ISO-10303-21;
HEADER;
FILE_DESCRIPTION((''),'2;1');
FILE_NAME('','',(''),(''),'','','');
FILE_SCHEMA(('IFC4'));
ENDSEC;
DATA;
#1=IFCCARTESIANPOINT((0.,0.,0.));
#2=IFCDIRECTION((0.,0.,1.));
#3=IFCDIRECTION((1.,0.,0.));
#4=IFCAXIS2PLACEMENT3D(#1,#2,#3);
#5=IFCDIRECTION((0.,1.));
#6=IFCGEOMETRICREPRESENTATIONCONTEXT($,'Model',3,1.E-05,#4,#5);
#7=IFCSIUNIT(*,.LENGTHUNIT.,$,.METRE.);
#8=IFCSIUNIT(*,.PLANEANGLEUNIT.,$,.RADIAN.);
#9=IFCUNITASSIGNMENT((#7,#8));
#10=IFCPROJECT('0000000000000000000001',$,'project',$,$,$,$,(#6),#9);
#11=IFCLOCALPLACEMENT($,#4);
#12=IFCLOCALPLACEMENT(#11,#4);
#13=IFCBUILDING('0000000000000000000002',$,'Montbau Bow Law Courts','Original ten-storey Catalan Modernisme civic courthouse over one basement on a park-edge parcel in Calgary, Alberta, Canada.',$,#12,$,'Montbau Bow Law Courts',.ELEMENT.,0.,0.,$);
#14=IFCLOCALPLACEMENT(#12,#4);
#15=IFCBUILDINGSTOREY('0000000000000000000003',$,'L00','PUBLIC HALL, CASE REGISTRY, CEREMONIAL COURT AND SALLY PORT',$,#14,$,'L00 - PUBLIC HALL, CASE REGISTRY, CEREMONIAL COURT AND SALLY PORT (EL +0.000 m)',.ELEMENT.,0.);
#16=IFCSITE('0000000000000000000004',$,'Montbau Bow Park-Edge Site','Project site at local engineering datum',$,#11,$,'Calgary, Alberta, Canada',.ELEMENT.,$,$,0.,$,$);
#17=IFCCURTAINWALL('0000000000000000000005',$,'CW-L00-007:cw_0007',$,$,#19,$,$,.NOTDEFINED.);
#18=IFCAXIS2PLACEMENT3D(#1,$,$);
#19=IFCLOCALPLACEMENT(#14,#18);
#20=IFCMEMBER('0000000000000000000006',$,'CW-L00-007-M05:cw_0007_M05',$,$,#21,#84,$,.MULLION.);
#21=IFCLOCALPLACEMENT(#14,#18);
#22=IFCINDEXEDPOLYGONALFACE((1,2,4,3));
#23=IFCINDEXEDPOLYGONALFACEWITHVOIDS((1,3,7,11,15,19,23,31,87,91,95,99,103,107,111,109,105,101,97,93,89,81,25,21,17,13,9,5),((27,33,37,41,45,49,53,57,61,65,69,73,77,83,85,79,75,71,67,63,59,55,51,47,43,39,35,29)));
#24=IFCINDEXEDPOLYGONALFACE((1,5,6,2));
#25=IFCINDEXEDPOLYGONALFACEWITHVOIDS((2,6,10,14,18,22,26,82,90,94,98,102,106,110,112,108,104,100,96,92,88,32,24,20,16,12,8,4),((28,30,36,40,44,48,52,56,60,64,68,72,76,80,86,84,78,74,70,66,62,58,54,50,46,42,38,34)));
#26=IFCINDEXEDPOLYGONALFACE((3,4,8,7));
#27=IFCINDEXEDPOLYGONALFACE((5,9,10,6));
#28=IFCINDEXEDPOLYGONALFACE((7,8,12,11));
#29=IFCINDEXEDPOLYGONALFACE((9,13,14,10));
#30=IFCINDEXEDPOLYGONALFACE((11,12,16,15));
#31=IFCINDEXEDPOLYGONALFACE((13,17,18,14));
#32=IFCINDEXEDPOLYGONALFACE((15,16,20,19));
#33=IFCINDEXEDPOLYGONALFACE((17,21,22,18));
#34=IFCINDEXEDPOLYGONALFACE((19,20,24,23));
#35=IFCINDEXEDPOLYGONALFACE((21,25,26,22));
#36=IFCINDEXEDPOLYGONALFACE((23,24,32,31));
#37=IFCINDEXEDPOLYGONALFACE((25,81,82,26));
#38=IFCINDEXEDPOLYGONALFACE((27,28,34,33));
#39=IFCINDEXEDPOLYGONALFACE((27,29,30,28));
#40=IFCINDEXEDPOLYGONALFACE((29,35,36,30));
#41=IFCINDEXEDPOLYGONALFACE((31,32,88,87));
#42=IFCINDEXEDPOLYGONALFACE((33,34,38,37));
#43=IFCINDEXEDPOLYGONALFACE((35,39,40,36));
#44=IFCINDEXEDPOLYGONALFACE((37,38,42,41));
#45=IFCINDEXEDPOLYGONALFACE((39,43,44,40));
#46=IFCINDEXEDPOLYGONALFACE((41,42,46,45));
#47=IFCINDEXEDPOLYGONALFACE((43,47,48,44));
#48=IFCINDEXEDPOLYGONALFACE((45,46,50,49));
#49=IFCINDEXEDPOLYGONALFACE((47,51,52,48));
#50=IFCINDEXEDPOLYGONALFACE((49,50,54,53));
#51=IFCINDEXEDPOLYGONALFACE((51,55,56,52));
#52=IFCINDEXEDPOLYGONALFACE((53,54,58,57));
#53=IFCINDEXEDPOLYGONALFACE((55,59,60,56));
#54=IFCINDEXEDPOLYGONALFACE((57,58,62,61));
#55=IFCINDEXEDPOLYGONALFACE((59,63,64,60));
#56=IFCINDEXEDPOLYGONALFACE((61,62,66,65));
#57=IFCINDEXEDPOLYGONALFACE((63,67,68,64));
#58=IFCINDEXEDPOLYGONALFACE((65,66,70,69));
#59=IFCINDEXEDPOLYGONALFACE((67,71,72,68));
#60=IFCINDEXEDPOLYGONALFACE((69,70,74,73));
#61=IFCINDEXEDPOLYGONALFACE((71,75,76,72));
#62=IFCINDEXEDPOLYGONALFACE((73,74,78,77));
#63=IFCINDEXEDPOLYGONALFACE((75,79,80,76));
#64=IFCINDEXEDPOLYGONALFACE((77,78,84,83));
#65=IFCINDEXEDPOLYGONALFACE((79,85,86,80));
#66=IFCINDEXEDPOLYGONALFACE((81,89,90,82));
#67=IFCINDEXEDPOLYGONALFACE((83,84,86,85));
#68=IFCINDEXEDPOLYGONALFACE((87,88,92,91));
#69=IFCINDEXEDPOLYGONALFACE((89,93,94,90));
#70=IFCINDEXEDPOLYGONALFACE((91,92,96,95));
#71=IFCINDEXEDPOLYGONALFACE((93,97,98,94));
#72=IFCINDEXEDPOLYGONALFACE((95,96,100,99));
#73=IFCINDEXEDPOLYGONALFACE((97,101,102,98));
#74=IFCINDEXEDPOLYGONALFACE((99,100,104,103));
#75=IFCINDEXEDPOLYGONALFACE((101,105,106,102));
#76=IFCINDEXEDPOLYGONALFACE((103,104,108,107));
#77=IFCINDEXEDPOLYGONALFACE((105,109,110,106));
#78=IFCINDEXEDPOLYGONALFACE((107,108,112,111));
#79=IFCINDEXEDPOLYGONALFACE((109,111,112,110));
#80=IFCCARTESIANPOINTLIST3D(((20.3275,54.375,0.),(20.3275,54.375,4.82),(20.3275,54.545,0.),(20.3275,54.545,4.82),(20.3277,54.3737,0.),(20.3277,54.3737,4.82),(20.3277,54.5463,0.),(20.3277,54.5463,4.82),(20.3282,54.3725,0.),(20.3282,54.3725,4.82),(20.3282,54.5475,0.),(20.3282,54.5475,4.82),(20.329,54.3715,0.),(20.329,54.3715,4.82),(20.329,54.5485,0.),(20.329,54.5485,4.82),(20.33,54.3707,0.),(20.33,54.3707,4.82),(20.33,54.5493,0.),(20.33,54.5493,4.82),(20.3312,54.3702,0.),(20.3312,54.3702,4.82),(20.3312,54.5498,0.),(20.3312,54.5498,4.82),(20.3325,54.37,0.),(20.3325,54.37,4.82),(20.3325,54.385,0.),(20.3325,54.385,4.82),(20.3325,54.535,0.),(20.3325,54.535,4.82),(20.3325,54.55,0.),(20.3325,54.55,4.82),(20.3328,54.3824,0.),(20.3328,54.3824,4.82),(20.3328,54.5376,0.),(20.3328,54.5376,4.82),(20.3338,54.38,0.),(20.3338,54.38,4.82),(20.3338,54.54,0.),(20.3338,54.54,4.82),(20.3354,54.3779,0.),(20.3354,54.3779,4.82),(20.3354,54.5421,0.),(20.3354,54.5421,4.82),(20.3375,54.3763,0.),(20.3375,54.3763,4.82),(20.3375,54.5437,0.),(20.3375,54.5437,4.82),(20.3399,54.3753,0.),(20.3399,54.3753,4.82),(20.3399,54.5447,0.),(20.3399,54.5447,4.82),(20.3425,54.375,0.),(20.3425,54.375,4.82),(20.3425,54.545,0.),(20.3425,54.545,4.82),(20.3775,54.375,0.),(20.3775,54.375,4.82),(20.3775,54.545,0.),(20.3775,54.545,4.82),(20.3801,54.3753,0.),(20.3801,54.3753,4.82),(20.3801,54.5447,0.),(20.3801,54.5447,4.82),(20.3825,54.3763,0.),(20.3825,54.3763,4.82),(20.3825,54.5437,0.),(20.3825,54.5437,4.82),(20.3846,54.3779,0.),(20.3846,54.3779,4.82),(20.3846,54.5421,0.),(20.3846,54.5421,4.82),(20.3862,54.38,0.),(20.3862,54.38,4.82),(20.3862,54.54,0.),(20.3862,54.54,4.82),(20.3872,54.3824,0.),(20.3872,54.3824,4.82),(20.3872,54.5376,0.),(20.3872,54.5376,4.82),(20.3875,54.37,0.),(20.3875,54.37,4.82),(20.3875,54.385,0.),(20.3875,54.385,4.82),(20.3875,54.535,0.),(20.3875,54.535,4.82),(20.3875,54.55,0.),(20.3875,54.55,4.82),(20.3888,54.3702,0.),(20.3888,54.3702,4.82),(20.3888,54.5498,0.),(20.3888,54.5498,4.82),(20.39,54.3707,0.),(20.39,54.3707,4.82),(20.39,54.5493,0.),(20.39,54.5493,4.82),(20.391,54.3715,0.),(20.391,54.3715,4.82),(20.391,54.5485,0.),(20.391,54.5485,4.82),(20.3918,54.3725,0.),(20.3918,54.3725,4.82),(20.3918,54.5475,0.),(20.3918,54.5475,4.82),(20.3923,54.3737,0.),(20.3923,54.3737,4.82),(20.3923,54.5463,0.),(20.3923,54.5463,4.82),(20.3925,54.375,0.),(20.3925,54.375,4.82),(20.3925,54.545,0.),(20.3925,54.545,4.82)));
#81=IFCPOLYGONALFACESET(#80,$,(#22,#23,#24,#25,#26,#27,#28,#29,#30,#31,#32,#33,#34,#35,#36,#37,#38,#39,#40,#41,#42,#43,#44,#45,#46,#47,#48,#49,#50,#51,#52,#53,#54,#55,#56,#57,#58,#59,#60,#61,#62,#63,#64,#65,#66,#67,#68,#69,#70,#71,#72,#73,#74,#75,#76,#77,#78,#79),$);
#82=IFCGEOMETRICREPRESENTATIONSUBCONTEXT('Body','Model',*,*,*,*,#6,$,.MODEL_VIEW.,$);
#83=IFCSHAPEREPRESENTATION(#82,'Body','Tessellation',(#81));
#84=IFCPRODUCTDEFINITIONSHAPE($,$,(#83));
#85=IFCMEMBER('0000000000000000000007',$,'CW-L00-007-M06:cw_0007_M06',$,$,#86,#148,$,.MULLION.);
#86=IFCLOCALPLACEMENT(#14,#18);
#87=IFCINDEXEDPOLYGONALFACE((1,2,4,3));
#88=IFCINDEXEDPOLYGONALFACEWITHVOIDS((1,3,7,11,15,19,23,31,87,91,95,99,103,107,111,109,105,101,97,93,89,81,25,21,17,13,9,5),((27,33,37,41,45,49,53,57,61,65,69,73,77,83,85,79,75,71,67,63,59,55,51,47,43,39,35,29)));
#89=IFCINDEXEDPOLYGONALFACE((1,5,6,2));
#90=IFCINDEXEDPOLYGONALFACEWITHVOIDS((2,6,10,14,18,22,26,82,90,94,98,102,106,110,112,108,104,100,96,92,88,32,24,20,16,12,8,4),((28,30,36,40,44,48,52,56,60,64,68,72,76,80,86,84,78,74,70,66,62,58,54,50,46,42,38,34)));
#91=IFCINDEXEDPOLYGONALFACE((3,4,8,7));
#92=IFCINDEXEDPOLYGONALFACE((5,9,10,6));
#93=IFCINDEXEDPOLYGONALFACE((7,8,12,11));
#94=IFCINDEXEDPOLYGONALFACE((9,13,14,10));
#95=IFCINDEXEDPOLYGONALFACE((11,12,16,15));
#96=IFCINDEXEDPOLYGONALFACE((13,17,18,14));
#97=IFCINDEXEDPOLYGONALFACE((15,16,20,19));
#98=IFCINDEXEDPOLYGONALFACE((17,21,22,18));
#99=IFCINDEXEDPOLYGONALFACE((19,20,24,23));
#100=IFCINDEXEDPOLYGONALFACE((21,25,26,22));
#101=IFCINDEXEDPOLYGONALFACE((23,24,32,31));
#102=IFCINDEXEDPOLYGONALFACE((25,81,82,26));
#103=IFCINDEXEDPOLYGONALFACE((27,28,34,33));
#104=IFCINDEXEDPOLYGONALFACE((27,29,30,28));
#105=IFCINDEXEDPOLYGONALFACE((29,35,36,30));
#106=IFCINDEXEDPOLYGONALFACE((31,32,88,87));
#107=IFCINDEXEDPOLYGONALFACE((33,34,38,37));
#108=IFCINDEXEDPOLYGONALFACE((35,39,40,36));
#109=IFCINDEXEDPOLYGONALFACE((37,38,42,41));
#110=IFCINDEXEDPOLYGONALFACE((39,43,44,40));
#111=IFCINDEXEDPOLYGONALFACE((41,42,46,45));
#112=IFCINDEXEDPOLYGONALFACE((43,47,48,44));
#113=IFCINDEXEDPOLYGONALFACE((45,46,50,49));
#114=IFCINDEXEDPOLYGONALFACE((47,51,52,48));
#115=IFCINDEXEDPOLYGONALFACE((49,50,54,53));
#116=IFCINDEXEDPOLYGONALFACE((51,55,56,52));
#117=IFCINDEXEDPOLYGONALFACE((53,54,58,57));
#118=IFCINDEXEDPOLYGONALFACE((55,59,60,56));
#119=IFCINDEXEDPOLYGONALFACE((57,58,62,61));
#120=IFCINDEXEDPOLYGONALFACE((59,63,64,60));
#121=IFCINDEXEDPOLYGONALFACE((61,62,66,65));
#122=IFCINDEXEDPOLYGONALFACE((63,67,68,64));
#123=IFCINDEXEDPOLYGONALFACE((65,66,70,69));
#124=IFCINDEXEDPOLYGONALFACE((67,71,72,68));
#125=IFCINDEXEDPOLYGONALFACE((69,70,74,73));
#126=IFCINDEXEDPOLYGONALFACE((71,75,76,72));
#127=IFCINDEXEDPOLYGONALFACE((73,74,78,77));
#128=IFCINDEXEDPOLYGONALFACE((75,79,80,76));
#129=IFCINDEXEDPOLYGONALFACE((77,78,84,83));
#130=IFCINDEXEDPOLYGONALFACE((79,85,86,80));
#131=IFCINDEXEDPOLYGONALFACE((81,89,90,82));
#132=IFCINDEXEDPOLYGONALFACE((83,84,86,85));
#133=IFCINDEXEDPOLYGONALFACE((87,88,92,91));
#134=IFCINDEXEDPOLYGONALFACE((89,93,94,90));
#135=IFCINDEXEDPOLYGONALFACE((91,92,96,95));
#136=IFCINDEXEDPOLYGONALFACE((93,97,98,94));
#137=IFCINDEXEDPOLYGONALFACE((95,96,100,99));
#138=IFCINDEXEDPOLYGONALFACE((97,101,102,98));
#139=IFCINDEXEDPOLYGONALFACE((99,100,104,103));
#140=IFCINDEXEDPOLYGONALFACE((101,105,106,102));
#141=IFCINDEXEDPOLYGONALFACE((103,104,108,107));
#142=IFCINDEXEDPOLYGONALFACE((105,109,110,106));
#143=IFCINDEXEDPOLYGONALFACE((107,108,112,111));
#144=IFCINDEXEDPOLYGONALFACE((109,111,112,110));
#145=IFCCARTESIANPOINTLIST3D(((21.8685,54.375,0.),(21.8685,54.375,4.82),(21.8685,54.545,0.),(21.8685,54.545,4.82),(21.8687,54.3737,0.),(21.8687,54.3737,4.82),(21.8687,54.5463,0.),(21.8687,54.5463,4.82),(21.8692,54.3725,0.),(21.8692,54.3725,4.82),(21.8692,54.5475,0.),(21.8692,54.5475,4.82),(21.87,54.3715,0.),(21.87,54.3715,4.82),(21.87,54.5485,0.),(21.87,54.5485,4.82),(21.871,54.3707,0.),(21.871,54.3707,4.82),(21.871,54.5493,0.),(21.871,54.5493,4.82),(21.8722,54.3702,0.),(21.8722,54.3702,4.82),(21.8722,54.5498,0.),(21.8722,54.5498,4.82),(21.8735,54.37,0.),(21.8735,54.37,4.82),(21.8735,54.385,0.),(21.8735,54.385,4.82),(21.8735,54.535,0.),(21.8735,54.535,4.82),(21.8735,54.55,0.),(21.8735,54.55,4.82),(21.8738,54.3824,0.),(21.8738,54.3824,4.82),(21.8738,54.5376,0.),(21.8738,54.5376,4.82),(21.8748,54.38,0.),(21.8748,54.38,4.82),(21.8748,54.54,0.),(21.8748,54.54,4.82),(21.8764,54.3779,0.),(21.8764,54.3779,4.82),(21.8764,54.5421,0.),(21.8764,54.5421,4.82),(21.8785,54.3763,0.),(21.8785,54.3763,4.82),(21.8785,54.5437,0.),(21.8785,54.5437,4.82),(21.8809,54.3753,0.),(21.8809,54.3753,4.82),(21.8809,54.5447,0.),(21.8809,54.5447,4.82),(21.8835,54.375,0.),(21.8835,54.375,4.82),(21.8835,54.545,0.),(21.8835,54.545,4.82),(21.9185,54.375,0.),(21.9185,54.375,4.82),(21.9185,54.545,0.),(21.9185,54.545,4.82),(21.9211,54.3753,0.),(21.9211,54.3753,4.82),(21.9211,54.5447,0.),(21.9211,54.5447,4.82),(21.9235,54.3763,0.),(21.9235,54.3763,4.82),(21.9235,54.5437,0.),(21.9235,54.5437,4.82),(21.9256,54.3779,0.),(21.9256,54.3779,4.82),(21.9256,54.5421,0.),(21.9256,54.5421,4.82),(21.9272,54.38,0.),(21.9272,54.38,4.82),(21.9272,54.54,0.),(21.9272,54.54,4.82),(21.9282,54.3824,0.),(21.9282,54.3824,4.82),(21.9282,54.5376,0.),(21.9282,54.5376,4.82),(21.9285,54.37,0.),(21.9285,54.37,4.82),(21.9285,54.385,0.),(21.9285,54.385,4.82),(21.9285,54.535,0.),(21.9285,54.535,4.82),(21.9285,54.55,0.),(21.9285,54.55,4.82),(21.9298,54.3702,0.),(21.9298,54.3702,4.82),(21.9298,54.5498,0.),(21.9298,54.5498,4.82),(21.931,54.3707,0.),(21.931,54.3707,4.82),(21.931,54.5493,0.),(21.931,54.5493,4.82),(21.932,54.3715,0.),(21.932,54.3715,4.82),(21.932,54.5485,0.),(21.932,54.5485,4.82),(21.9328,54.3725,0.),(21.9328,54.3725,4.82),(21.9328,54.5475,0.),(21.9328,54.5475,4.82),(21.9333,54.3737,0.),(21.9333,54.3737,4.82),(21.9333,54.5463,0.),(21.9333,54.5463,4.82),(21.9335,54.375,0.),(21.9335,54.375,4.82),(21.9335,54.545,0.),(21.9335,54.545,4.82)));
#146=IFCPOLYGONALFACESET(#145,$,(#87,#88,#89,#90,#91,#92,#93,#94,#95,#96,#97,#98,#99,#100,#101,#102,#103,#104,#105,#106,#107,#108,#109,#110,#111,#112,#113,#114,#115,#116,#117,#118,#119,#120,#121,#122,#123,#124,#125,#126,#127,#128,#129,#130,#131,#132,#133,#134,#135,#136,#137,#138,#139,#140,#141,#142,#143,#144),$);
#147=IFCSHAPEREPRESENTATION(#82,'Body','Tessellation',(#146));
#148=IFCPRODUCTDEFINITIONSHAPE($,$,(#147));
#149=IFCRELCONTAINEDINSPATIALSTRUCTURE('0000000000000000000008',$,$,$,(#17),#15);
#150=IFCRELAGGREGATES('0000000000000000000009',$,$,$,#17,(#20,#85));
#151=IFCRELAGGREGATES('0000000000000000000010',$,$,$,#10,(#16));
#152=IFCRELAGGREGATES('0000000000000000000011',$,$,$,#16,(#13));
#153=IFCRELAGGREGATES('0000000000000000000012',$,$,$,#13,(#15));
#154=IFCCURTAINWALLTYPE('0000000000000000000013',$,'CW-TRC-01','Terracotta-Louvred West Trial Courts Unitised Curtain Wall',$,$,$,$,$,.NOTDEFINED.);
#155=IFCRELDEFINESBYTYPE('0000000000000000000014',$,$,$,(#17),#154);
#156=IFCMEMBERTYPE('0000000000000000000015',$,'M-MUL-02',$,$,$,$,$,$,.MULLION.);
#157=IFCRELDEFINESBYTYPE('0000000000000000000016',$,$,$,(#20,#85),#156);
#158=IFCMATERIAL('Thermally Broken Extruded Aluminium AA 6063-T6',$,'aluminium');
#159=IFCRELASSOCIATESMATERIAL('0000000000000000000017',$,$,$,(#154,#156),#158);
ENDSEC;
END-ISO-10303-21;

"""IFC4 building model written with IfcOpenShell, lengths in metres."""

from ifc_helpers import new_model, si_unit, direction, frame, origin_with_axes, origin_2d_with_axis, place, context, subcontext, project, spatial, hollow_rectangle, extrude, material, material_profile, profile_set, type_object, element, aggregate, save


model = new_model("IFC4")

# Units and contexts
model_context = context("Model", 3, precision=1e-05, world=origin_with_axes(), true_north=direction((0.0, 1.0)))
body_context = subcontext(model_context, "Body", "Model", "MODEL_VIEW")
ifc_project = project(units=[si_unit("LENGTHUNIT", "METRE"), si_unit("PLANEANGLEUNIT", "RADIAN")], contexts=[model_context])

# Site, building, storey
site_placement = place(None, origin_with_axes())
site = spatial("IfcSite", under=ifc_project, at=site_placement, Name="Montbau Bow Park-Edge Site", Description="Project site at local engineering datum", LongName="Calgary, Alberta, Canada", CompositionType="ELEMENT", RefElevation=0.0)
building_placement = place(site_placement, origin_with_axes())
building = spatial("IfcBuilding", under=site, at=building_placement, Name="Montbau Bow Law Courts", Description="Original ten-storey Catalan Modernisme civic courthouse over one basement on a park-edge parcel in Calgary, Alberta, Canada.", LongName="Montbau Bow Law Courts", CompositionType="ELEMENT", ElevationOfRefHeight=0.0, ElevationOfTerrain=0.0)
storey_placement = place(building_placement, origin_with_axes())
storey = spatial("IfcBuildingStorey", under=building, at=storey_placement, Name="L00", Description="PUBLIC HALL, CASE REGISTRY, CEREMONIAL COURT AND SALLY PORT", LongName="L00 - PUBLIC HALL, CASE REGISTRY, CEREMONIAL COURT AND SALLY PORT (EL +0.000 m)", CompositionType="ELEMENT", Elevation=0.0)

# Curtain wall, members
ifc_material_1 = material(Name="Thermally Broken Extruded Aluminium AA 6063-T6", Category="aluminium")
curtain_wall_type = type_object("IfcCurtainWallType", Name="CW-TRC-01", Description="Terracotta-Louvred West Trial Courts Unitised Curtain Wall", PredefinedType="NOTDEFINED", material=ifc_material_1)
curtain_wall_1_placement = place(None, frame((14.068, 54.46, 0.0), z_axis=(0.0, 0.0, 1.0), x_axis=(1.0, 0.0, 0.0)))
curtain_wall_1 = element("IfcCurtainWall", 1, at=curtain_wall_1_placement, inside=storey, type_object=curtain_wall_type, Name="CW-L00-007:cw_0007", PredefinedType="NOTDEFINED")
ifc_material_profile_1 = material_profile(ifc_material_1, hollow_rectangle(XDim=0.065, YDim=0.18, WallThickness=0.005, InnerFilletRadius=0.01, OuterFilletRadius=0.005, at=origin_2d_with_axis()), Name="CWM-180X65", Category="Main", Priority=0)
ifc_profile_set_1 = profile_set([ifc_material_profile_1], Name="Thermally Broken Extruded Aluminium AA 6063-T6")
member_type_1 = type_object("IfcMemberType", Name="M-MUL-02", PredefinedType="MULLION", material=ifc_profile_set_1)
member_1_placement = place(None, frame((20.36, 54.46, 0.0), z_axis=(0.0, 0.0, 1.0), x_axis=(1.0, 0.0, 0.0)))
member_1 = element("IfcMember", 2, at=member_1_placement, type_object=member_type_1, Name="CW-L00-007-M05:cw_0007_M05", PredefinedType="MULLION", context=body_context, shape_type="SweptSolid", body=[
    extrude(hollow_rectangle(XDim=0.065, YDim=0.18, WallThickness=0.005, InnerFilletRadius=0.01, OuterFilletRadius=0.005, at=origin_2d_with_axis()), origin_with_axes(), (0.0, 0.0, 1.0), 4.82),
])
member_2_placement = place(None, frame((21.901, 54.46, 0.0), z_axis=(0.0, 0.0, 1.0), x_axis=(1.0, 0.0, 0.0)))
member_2 = element("IfcMember", 3, at=member_2_placement, type_object=member_type_1, Name="CW-L00-007-M06:cw_0007_M06", PredefinedType="MULLION", context=body_context, shape_type="SweptSolid", body=[
    extrude(hollow_rectangle(XDim=0.065, YDim=0.18, WallThickness=0.005, InnerFilletRadius=0.01, OuterFilletRadius=0.005, at=origin_2d_with_axis()), origin_with_axes(), (0.0, 0.0, 1.0), 4.82),
])

aggregate(curtain_wall_1, [member_1, member_2])

save(model, "model.ifc")
